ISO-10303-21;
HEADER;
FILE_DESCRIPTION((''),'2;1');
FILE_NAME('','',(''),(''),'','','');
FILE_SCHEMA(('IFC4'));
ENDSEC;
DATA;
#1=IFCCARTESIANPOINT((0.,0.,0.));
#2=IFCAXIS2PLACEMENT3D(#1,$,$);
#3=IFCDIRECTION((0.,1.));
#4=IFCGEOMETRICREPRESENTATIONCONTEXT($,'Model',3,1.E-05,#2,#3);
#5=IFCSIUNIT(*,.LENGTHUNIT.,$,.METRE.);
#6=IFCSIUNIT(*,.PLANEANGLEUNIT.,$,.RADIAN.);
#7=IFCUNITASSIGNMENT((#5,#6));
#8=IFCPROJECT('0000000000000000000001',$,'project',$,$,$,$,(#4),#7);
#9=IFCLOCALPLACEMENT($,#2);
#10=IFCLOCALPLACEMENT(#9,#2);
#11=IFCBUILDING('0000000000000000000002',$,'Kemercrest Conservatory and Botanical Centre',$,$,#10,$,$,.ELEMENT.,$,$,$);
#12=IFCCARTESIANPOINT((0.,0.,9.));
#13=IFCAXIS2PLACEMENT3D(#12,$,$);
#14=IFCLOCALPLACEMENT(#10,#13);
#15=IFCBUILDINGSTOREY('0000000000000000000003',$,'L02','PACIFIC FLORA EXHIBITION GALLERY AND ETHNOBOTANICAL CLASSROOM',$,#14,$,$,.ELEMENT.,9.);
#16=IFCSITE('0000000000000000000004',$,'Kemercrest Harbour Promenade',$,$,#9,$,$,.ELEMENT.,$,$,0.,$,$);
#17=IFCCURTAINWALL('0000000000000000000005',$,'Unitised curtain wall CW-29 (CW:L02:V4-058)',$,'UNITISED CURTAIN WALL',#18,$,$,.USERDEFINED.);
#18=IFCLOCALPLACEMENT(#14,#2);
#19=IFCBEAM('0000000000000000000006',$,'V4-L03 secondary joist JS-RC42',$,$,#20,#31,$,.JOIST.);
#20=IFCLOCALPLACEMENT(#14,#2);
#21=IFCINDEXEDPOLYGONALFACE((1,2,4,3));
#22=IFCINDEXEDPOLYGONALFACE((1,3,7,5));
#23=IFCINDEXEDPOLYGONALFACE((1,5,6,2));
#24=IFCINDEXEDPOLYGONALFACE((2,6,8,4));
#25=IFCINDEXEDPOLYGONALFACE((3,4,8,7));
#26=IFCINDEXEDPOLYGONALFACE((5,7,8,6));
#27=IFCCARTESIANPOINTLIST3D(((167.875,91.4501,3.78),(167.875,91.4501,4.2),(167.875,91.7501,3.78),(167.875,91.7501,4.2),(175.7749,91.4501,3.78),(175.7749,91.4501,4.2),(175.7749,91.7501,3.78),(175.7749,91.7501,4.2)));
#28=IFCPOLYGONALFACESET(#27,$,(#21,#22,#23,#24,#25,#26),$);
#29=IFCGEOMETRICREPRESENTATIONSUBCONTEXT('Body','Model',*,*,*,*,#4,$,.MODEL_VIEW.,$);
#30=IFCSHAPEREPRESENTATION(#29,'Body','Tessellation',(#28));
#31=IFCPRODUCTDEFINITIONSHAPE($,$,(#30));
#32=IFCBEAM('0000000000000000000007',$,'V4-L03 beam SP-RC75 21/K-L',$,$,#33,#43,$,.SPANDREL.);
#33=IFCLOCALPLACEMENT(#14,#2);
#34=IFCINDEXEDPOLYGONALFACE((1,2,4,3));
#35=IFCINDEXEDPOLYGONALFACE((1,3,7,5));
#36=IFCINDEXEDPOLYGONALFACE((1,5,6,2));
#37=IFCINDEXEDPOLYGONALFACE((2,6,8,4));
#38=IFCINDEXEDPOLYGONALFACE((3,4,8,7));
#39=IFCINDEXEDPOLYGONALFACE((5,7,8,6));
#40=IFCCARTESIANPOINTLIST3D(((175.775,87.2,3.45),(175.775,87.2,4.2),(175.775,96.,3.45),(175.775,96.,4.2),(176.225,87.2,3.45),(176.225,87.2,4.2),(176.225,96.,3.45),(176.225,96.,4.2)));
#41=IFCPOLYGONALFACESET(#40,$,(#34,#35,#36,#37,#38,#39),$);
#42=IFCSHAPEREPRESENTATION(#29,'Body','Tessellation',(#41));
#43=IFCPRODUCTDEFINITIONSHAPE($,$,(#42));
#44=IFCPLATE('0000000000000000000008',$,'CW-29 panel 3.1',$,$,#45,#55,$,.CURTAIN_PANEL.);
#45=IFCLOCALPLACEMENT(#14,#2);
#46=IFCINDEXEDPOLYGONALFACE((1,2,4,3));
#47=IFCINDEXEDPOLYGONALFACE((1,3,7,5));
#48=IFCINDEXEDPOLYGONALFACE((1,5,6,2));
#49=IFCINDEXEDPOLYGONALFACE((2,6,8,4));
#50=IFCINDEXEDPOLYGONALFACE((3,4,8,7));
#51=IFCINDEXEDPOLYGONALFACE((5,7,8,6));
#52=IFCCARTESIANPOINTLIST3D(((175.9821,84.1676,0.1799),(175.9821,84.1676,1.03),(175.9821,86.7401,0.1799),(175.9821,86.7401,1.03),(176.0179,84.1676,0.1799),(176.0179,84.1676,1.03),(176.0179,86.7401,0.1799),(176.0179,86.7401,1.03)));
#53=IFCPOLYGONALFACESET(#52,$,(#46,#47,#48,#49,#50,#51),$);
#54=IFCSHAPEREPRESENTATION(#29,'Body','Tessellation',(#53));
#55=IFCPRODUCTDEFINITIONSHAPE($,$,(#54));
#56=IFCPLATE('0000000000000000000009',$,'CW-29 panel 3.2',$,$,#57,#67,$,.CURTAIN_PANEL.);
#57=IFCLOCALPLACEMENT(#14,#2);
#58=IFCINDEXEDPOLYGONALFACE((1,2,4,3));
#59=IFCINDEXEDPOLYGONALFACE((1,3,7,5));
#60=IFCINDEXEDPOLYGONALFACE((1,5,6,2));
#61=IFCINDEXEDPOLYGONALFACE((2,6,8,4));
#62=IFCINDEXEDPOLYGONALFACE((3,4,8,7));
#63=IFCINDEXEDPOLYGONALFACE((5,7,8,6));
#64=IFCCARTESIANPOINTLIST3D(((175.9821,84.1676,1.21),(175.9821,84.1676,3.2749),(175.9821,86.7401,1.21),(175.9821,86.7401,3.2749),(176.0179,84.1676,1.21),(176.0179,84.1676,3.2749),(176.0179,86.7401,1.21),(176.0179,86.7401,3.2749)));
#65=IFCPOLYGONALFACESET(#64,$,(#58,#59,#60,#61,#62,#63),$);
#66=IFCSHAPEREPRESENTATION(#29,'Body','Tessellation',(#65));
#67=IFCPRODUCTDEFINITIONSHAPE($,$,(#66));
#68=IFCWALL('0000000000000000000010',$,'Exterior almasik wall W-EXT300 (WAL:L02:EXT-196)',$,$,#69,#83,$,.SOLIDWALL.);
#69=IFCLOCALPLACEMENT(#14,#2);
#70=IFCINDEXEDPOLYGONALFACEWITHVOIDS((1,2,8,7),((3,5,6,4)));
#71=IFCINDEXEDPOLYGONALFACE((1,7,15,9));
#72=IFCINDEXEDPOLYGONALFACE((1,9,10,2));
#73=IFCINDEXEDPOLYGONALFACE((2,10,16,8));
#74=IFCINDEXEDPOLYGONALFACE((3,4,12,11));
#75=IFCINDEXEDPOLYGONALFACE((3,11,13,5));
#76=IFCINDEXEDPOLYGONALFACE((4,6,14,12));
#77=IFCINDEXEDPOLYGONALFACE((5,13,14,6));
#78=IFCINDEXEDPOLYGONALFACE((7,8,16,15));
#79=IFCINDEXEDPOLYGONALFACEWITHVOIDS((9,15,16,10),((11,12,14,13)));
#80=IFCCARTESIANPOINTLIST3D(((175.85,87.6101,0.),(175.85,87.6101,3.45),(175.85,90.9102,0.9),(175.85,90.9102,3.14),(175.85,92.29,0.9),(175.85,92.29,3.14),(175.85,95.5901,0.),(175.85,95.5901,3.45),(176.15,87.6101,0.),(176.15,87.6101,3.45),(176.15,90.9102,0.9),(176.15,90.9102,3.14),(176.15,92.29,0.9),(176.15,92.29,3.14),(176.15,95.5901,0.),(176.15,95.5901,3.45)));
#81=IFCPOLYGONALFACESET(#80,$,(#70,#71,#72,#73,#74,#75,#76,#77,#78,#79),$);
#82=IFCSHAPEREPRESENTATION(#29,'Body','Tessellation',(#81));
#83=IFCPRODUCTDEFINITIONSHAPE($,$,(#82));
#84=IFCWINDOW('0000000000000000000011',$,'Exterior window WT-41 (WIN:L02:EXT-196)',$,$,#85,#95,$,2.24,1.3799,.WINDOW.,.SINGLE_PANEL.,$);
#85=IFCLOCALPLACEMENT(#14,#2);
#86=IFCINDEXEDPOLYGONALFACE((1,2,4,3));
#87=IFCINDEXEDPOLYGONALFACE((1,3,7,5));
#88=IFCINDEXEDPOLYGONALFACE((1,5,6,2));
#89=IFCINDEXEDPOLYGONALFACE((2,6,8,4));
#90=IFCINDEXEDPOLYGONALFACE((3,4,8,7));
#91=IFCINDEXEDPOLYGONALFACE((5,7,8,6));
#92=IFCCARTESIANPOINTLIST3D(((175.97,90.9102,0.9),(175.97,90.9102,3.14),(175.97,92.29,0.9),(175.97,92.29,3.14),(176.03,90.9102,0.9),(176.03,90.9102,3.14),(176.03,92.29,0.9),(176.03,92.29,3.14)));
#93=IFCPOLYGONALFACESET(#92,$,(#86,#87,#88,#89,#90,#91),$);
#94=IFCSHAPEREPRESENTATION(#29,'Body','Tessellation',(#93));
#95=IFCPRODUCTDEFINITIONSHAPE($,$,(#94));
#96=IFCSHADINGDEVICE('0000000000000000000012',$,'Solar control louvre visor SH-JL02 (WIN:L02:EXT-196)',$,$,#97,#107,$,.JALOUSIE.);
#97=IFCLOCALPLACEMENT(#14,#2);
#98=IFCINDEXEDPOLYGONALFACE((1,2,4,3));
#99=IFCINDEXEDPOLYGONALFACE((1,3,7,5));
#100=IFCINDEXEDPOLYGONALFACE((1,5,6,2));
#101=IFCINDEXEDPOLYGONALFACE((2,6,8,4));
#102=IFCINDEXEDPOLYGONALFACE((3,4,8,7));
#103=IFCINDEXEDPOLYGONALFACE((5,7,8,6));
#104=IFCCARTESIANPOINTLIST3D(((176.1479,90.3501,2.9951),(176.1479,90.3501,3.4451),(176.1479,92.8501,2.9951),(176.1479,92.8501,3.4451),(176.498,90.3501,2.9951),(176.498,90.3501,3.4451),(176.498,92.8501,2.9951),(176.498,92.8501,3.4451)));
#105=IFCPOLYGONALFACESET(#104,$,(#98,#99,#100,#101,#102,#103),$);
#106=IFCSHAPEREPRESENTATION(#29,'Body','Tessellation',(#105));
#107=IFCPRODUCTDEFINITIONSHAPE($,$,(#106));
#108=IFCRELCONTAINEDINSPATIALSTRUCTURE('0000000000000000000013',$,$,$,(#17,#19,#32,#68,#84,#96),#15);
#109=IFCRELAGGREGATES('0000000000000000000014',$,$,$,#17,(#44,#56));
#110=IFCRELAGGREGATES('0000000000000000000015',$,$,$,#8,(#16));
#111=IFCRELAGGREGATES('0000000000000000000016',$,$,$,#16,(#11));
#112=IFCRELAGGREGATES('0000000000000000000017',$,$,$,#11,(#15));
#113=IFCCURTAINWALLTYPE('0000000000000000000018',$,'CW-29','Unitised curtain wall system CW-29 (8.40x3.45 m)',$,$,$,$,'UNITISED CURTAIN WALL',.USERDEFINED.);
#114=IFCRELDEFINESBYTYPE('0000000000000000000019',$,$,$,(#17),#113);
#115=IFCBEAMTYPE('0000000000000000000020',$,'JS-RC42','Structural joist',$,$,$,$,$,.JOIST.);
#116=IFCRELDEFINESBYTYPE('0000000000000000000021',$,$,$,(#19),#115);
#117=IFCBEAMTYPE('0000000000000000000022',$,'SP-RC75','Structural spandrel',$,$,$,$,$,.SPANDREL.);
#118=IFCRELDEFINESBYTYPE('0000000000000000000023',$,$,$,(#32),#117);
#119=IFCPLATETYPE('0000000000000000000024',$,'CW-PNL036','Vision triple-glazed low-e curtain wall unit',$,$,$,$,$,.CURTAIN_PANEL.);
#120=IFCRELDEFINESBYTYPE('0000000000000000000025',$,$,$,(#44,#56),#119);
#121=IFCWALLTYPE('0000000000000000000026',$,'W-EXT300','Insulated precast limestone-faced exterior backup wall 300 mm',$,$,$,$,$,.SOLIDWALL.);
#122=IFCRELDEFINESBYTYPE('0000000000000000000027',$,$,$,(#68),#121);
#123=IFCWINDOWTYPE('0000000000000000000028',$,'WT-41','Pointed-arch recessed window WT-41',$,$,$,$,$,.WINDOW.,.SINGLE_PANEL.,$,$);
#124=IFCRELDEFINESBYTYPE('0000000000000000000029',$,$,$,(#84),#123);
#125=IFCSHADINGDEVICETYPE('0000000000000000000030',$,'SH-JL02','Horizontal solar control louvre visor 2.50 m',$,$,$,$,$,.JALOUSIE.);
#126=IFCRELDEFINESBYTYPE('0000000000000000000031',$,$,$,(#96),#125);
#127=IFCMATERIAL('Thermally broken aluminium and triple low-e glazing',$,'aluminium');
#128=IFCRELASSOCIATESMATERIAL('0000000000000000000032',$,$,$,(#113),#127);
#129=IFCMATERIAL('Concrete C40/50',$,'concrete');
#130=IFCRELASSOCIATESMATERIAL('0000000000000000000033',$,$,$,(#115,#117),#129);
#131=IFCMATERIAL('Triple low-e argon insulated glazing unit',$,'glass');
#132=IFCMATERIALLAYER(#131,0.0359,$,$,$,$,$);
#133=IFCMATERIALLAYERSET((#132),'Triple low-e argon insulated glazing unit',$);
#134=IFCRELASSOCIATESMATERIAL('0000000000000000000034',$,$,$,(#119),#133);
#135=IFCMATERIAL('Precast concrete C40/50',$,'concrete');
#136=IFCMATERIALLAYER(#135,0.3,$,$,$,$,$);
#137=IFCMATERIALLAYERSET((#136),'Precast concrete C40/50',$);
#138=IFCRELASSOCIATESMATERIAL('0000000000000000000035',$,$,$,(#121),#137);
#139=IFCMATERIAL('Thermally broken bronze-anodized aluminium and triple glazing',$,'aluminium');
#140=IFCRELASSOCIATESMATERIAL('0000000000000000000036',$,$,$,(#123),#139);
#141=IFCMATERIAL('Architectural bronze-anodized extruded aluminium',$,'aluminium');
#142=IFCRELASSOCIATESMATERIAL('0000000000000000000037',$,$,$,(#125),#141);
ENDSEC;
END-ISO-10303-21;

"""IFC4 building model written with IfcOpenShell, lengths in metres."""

from ifc_helpers import new_model, si_unit, direction, frame, frame_2d, origin, origin_2d, place, context, subcontext, project, spatial, rectangle, extrude, material, layer, layer_set, material_profile, profile_set, type_object, element, fill, aggregate, save


model = new_model("IFC4")

# Units and contexts
model_context = context("Model", 3, precision=1e-05, world=origin(), true_north=direction((0.0, 1.0)))
body_context = subcontext(model_context, "Body", "Model", "MODEL_VIEW")
ifc_project = project(units=[si_unit("LENGTHUNIT", "METRE"), si_unit("PLANEANGLEUNIT", "RADIAN")], contexts=[model_context])

# Site, building, storey
site_placement = place(None, origin())
site = spatial("IfcSite", under=ifc_project, at=site_placement, Name="Kemercrest Harbour Promenade", CompositionType="ELEMENT", RefElevation=0.0)
building_placement = place(site_placement, origin())
building = spatial("IfcBuilding", under=site, at=building_placement, Name="Kemercrest Conservatory and Botanical Centre", CompositionType="ELEMENT")
storey_placement = place(building_placement, frame((0.0, 0.0, 9.0)))
storey = spatial("IfcBuildingStorey", under=building, at=storey_placement, Name="L02", Description="PACIFIC FLORA EXHIBITION GALLERY AND ETHNOBOTANICAL CLASSROOM", CompositionType="ELEMENT", Elevation=9.0)

# Curtain wall
ifc_material_1 = material(Name="Thermally broken aluminium and triple low-e glazing", Category="aluminium")
curtain_wall_type = type_object("IfcCurtainWallType", Name="CW-29", Description="Unitised curtain wall system CW-29 (8.40x3.45 m)", ElementType="UNITISED CURTAIN WALL", PredefinedType="USERDEFINED", material=ifc_material_1)
curtain_wall_placement = place(storey_placement, origin())
curtain_wall = element("IfcCurtainWall", 1, at=curtain_wall_placement, inside=storey, type_object=curtain_wall_type, Name="Unitised curtain wall CW-29 (CW:L02:V4-058)", ObjectType="UNITISED CURTAIN WALL", PredefinedType="USERDEFINED")

# Beams
ifc_material_2 = material(Name="Concrete C40/50", Category="concrete")
ifc_material_profile_1 = material_profile(ifc_material_2, rectangle(XDim=0.3, YDim=0.4199, at=origin_2d()), Name="RC 300x420")
ifc_profile_set_1 = profile_set([ifc_material_profile_1], Name="Concrete C40/50")
beam_type_1 = type_object("IfcBeamType", Name="JS-RC42", Description="Structural joist", PredefinedType="JOIST", material=ifc_profile_set_1)
beam_1_placement = place(storey_placement, frame((167.875, 91.6001, 3.99), z_axis=(1.0, 0.0, 0.0), x_axis=(0.0, 1.0, 0.0)))
element("IfcBeam", 2, at=beam_1_placement, inside=storey, type_object=beam_type_1, Name="V4-L03 secondary joist JS-RC42", PredefinedType="JOIST", context=body_context, shape_type="SweptSolid", body=[
    extrude(rectangle(XDim=0.3, YDim=0.4199, at=origin_2d()), origin(), (0.0, 0.0, 1.0), 7.8999),
])
ifc_material_profile_2 = material_profile(ifc_material_2, rectangle(XDim=0.45, YDim=0.75, at=origin_2d()), Name="RC 450x750")
ifc_profile_set_2 = profile_set([ifc_material_profile_2], Name="Concrete C40/50")
beam_type_2 = type_object("IfcBeamType", Name="SP-RC75", Description="Structural spandrel", PredefinedType="SPANDREL", material=ifc_profile_set_2)
beam_2_placement = place(storey_placement, frame((176.0, 87.2, 3.825), z_axis=(0.0, 1.0, 0.0), x_axis=(-1.0, 0.0, 0.0)))
element("IfcBeam", 3, at=beam_2_placement, inside=storey, type_object=beam_type_2, Name="V4-L03 beam SP-RC75 21/K-L", PredefinedType="SPANDREL", context=body_context, shape_type="SweptSolid", body=[
    extrude(rectangle(XDim=0.45, YDim=0.75, at=origin_2d()), origin(), (0.0, 0.0, 1.0), 8.8),
])

# Plates
ifc_material_3 = material(Name="Triple low-e argon insulated glazing unit", Category="glass")
ifc_layer_1 = layer(ifc_material_3, 0.0359)
ifc_layer_set_1 = layer_set([ifc_layer_1], Name="Triple low-e argon insulated glazing unit")
plate_type = type_object("IfcPlateType", Name="CW-PNL036", Description="Vision triple-glazed low-e curtain wall unit", PredefinedType="CURTAIN_PANEL", material=ifc_layer_set_1)
plate_1_placement = place(storey_placement, frame((176.0, 85.4539, 0.1799), z_axis=(0.0, 0.0, 1.0), x_axis=(0.0, 1.0, 0.0)))
plate_1 = element("IfcPlate", 4, at=plate_1_placement, type_object=plate_type, Name="CW-29 panel 3.1", PredefinedType="CURTAIN_PANEL", context=body_context, shape_type="SweptSolid", body=[
    extrude(rectangle(XDim=2.5725, YDim=0.0359, at=origin_2d()), origin(), (0.0, 0.0, 1.0), 0.8501),
])
plate_2_placement = place(storey_placement, frame((176.0, 85.4539, 1.21), z_axis=(0.0, 0.0, 1.0), x_axis=(0.0, 1.0, 0.0)))
plate_2 = element("IfcPlate", 5, at=plate_2_placement, type_object=plate_type, Name="CW-29 panel 3.2", PredefinedType="CURTAIN_PANEL", context=body_context, shape_type="SweptSolid", body=[
    extrude(rectangle(XDim=2.5725, YDim=0.0359, at=origin_2d()), origin(), (0.0, 0.0, 1.0), 2.0649),
])
aggregate(curtain_wall, [plate_1, plate_2])

# Wall, opening, window
ifc_material_4 = material(Name="Precast concrete C40/50", Category="concrete")
ifc_layer_2 = layer(ifc_material_4, 0.3)
ifc_layer_set_2 = layer_set([ifc_layer_2], Name="Precast concrete C40/50")
wall_type = type_object("IfcWallType", Name="W-EXT300", Description="Insulated precast limestone-faced exterior backup wall 300 mm", PredefinedType="SOLIDWALL", material=ifc_layer_set_2)
wall_placement = place(storey_placement, frame((176.0, 87.6101, 0.0), z_axis=(0.0, 0.0, 1.0), x_axis=(0.0, 1.0, 0.0)))
wall = element("IfcWall", 6, at=wall_placement, inside=storey, type_object=wall_type, Name="Exterior almasik wall W-EXT300 (WAL:L02:EXT-196)", PredefinedType="SOLIDWALL", context=body_context, shape_type="SweptSolid", body=[
    extrude(rectangle(XDim=7.98, YDim=0.3, at=frame_2d((3.99, 0.0))), origin(), (0.0, 0.0, 1.0), 3.45),
])
opening_placement = place(wall_placement, frame((3.3, 0.0, 0.8999)))
opening = element("IfcOpeningElement", 7, at=opening_placement, cuts=wall, PredefinedType="OPENING", context=body_context, shape_type="SweptSolid", body=[
    extrude(rectangle(XDim=1.3799, YDim=2.24, at=frame_2d((0.6899, 1.1201))), frame((0.0, 0.1602, 0.0), z_axis=(0.0, -1.0, 0.0), x_axis=(1.0, 0.0, 0.0)), (0.0, 0.0, 1.0), 0.3201),
])
ifc_material_5 = material(Name="Thermally broken bronze-anodized aluminium and triple glazing", Category="aluminium")
window_type = type_object("IfcWindowType", Name="WT-41", Description="Pointed-arch recessed window WT-41", PartitioningType="SINGLE_PANEL", PredefinedType="WINDOW", material=ifc_material_5)
window_placement = place(opening_placement, origin())
window = element("IfcWindow", 8, at=window_placement, inside=storey, type_object=window_type, Name="Exterior window WT-41 (WIN:L02:EXT-196)", OverallHeight=2.24, OverallWidth=1.3799, PartitioningType="SINGLE_PANEL", PredefinedType="WINDOW", context=body_context, shape_type="SweptSolid", body=[
    extrude(rectangle(XDim=1.3799, YDim=2.24, at=frame_2d((0.6899, 1.1201))), frame((0.0, 0.03, 0.0), z_axis=(0.0, -1.0, 0.0), x_axis=(1.0, 0.0, 0.0)), (0.0, 0.0, 1.0), 0.0601),
])
fill(opening, window)

# Shading device
ifc_material_6 = material(Name="Architectural bronze-anodized extruded aluminium", Category="aluminium")
shading_device_type = type_object("IfcShadingDeviceType", Name="SH-JL02", Description="Horizontal solar control louvre visor 2.50 m", PredefinedType="JALOUSIE", material=ifc_material_6)
shading_device_placement = place(storey_placement, frame((176.323, 91.6001, 2.9951), z_axis=(0.0, 0.0, 1.0), x_axis=(0.0, 1.0, 0.0)))
element("IfcShadingDevice", 9, at=shading_device_placement, inside=storey, type_object=shading_device_type, Name="Solar control louvre visor SH-JL02 (WIN:L02:EXT-196)", PredefinedType="JALOUSIE", context=body_context, shape_type="SweptSolid", body=[
    extrude(rectangle(XDim=2.5, YDim=0.3501, at=origin_2d()), origin(), (0.0, 0.0, 1.0), 0.45),
])

save(model, "model.ifc")
